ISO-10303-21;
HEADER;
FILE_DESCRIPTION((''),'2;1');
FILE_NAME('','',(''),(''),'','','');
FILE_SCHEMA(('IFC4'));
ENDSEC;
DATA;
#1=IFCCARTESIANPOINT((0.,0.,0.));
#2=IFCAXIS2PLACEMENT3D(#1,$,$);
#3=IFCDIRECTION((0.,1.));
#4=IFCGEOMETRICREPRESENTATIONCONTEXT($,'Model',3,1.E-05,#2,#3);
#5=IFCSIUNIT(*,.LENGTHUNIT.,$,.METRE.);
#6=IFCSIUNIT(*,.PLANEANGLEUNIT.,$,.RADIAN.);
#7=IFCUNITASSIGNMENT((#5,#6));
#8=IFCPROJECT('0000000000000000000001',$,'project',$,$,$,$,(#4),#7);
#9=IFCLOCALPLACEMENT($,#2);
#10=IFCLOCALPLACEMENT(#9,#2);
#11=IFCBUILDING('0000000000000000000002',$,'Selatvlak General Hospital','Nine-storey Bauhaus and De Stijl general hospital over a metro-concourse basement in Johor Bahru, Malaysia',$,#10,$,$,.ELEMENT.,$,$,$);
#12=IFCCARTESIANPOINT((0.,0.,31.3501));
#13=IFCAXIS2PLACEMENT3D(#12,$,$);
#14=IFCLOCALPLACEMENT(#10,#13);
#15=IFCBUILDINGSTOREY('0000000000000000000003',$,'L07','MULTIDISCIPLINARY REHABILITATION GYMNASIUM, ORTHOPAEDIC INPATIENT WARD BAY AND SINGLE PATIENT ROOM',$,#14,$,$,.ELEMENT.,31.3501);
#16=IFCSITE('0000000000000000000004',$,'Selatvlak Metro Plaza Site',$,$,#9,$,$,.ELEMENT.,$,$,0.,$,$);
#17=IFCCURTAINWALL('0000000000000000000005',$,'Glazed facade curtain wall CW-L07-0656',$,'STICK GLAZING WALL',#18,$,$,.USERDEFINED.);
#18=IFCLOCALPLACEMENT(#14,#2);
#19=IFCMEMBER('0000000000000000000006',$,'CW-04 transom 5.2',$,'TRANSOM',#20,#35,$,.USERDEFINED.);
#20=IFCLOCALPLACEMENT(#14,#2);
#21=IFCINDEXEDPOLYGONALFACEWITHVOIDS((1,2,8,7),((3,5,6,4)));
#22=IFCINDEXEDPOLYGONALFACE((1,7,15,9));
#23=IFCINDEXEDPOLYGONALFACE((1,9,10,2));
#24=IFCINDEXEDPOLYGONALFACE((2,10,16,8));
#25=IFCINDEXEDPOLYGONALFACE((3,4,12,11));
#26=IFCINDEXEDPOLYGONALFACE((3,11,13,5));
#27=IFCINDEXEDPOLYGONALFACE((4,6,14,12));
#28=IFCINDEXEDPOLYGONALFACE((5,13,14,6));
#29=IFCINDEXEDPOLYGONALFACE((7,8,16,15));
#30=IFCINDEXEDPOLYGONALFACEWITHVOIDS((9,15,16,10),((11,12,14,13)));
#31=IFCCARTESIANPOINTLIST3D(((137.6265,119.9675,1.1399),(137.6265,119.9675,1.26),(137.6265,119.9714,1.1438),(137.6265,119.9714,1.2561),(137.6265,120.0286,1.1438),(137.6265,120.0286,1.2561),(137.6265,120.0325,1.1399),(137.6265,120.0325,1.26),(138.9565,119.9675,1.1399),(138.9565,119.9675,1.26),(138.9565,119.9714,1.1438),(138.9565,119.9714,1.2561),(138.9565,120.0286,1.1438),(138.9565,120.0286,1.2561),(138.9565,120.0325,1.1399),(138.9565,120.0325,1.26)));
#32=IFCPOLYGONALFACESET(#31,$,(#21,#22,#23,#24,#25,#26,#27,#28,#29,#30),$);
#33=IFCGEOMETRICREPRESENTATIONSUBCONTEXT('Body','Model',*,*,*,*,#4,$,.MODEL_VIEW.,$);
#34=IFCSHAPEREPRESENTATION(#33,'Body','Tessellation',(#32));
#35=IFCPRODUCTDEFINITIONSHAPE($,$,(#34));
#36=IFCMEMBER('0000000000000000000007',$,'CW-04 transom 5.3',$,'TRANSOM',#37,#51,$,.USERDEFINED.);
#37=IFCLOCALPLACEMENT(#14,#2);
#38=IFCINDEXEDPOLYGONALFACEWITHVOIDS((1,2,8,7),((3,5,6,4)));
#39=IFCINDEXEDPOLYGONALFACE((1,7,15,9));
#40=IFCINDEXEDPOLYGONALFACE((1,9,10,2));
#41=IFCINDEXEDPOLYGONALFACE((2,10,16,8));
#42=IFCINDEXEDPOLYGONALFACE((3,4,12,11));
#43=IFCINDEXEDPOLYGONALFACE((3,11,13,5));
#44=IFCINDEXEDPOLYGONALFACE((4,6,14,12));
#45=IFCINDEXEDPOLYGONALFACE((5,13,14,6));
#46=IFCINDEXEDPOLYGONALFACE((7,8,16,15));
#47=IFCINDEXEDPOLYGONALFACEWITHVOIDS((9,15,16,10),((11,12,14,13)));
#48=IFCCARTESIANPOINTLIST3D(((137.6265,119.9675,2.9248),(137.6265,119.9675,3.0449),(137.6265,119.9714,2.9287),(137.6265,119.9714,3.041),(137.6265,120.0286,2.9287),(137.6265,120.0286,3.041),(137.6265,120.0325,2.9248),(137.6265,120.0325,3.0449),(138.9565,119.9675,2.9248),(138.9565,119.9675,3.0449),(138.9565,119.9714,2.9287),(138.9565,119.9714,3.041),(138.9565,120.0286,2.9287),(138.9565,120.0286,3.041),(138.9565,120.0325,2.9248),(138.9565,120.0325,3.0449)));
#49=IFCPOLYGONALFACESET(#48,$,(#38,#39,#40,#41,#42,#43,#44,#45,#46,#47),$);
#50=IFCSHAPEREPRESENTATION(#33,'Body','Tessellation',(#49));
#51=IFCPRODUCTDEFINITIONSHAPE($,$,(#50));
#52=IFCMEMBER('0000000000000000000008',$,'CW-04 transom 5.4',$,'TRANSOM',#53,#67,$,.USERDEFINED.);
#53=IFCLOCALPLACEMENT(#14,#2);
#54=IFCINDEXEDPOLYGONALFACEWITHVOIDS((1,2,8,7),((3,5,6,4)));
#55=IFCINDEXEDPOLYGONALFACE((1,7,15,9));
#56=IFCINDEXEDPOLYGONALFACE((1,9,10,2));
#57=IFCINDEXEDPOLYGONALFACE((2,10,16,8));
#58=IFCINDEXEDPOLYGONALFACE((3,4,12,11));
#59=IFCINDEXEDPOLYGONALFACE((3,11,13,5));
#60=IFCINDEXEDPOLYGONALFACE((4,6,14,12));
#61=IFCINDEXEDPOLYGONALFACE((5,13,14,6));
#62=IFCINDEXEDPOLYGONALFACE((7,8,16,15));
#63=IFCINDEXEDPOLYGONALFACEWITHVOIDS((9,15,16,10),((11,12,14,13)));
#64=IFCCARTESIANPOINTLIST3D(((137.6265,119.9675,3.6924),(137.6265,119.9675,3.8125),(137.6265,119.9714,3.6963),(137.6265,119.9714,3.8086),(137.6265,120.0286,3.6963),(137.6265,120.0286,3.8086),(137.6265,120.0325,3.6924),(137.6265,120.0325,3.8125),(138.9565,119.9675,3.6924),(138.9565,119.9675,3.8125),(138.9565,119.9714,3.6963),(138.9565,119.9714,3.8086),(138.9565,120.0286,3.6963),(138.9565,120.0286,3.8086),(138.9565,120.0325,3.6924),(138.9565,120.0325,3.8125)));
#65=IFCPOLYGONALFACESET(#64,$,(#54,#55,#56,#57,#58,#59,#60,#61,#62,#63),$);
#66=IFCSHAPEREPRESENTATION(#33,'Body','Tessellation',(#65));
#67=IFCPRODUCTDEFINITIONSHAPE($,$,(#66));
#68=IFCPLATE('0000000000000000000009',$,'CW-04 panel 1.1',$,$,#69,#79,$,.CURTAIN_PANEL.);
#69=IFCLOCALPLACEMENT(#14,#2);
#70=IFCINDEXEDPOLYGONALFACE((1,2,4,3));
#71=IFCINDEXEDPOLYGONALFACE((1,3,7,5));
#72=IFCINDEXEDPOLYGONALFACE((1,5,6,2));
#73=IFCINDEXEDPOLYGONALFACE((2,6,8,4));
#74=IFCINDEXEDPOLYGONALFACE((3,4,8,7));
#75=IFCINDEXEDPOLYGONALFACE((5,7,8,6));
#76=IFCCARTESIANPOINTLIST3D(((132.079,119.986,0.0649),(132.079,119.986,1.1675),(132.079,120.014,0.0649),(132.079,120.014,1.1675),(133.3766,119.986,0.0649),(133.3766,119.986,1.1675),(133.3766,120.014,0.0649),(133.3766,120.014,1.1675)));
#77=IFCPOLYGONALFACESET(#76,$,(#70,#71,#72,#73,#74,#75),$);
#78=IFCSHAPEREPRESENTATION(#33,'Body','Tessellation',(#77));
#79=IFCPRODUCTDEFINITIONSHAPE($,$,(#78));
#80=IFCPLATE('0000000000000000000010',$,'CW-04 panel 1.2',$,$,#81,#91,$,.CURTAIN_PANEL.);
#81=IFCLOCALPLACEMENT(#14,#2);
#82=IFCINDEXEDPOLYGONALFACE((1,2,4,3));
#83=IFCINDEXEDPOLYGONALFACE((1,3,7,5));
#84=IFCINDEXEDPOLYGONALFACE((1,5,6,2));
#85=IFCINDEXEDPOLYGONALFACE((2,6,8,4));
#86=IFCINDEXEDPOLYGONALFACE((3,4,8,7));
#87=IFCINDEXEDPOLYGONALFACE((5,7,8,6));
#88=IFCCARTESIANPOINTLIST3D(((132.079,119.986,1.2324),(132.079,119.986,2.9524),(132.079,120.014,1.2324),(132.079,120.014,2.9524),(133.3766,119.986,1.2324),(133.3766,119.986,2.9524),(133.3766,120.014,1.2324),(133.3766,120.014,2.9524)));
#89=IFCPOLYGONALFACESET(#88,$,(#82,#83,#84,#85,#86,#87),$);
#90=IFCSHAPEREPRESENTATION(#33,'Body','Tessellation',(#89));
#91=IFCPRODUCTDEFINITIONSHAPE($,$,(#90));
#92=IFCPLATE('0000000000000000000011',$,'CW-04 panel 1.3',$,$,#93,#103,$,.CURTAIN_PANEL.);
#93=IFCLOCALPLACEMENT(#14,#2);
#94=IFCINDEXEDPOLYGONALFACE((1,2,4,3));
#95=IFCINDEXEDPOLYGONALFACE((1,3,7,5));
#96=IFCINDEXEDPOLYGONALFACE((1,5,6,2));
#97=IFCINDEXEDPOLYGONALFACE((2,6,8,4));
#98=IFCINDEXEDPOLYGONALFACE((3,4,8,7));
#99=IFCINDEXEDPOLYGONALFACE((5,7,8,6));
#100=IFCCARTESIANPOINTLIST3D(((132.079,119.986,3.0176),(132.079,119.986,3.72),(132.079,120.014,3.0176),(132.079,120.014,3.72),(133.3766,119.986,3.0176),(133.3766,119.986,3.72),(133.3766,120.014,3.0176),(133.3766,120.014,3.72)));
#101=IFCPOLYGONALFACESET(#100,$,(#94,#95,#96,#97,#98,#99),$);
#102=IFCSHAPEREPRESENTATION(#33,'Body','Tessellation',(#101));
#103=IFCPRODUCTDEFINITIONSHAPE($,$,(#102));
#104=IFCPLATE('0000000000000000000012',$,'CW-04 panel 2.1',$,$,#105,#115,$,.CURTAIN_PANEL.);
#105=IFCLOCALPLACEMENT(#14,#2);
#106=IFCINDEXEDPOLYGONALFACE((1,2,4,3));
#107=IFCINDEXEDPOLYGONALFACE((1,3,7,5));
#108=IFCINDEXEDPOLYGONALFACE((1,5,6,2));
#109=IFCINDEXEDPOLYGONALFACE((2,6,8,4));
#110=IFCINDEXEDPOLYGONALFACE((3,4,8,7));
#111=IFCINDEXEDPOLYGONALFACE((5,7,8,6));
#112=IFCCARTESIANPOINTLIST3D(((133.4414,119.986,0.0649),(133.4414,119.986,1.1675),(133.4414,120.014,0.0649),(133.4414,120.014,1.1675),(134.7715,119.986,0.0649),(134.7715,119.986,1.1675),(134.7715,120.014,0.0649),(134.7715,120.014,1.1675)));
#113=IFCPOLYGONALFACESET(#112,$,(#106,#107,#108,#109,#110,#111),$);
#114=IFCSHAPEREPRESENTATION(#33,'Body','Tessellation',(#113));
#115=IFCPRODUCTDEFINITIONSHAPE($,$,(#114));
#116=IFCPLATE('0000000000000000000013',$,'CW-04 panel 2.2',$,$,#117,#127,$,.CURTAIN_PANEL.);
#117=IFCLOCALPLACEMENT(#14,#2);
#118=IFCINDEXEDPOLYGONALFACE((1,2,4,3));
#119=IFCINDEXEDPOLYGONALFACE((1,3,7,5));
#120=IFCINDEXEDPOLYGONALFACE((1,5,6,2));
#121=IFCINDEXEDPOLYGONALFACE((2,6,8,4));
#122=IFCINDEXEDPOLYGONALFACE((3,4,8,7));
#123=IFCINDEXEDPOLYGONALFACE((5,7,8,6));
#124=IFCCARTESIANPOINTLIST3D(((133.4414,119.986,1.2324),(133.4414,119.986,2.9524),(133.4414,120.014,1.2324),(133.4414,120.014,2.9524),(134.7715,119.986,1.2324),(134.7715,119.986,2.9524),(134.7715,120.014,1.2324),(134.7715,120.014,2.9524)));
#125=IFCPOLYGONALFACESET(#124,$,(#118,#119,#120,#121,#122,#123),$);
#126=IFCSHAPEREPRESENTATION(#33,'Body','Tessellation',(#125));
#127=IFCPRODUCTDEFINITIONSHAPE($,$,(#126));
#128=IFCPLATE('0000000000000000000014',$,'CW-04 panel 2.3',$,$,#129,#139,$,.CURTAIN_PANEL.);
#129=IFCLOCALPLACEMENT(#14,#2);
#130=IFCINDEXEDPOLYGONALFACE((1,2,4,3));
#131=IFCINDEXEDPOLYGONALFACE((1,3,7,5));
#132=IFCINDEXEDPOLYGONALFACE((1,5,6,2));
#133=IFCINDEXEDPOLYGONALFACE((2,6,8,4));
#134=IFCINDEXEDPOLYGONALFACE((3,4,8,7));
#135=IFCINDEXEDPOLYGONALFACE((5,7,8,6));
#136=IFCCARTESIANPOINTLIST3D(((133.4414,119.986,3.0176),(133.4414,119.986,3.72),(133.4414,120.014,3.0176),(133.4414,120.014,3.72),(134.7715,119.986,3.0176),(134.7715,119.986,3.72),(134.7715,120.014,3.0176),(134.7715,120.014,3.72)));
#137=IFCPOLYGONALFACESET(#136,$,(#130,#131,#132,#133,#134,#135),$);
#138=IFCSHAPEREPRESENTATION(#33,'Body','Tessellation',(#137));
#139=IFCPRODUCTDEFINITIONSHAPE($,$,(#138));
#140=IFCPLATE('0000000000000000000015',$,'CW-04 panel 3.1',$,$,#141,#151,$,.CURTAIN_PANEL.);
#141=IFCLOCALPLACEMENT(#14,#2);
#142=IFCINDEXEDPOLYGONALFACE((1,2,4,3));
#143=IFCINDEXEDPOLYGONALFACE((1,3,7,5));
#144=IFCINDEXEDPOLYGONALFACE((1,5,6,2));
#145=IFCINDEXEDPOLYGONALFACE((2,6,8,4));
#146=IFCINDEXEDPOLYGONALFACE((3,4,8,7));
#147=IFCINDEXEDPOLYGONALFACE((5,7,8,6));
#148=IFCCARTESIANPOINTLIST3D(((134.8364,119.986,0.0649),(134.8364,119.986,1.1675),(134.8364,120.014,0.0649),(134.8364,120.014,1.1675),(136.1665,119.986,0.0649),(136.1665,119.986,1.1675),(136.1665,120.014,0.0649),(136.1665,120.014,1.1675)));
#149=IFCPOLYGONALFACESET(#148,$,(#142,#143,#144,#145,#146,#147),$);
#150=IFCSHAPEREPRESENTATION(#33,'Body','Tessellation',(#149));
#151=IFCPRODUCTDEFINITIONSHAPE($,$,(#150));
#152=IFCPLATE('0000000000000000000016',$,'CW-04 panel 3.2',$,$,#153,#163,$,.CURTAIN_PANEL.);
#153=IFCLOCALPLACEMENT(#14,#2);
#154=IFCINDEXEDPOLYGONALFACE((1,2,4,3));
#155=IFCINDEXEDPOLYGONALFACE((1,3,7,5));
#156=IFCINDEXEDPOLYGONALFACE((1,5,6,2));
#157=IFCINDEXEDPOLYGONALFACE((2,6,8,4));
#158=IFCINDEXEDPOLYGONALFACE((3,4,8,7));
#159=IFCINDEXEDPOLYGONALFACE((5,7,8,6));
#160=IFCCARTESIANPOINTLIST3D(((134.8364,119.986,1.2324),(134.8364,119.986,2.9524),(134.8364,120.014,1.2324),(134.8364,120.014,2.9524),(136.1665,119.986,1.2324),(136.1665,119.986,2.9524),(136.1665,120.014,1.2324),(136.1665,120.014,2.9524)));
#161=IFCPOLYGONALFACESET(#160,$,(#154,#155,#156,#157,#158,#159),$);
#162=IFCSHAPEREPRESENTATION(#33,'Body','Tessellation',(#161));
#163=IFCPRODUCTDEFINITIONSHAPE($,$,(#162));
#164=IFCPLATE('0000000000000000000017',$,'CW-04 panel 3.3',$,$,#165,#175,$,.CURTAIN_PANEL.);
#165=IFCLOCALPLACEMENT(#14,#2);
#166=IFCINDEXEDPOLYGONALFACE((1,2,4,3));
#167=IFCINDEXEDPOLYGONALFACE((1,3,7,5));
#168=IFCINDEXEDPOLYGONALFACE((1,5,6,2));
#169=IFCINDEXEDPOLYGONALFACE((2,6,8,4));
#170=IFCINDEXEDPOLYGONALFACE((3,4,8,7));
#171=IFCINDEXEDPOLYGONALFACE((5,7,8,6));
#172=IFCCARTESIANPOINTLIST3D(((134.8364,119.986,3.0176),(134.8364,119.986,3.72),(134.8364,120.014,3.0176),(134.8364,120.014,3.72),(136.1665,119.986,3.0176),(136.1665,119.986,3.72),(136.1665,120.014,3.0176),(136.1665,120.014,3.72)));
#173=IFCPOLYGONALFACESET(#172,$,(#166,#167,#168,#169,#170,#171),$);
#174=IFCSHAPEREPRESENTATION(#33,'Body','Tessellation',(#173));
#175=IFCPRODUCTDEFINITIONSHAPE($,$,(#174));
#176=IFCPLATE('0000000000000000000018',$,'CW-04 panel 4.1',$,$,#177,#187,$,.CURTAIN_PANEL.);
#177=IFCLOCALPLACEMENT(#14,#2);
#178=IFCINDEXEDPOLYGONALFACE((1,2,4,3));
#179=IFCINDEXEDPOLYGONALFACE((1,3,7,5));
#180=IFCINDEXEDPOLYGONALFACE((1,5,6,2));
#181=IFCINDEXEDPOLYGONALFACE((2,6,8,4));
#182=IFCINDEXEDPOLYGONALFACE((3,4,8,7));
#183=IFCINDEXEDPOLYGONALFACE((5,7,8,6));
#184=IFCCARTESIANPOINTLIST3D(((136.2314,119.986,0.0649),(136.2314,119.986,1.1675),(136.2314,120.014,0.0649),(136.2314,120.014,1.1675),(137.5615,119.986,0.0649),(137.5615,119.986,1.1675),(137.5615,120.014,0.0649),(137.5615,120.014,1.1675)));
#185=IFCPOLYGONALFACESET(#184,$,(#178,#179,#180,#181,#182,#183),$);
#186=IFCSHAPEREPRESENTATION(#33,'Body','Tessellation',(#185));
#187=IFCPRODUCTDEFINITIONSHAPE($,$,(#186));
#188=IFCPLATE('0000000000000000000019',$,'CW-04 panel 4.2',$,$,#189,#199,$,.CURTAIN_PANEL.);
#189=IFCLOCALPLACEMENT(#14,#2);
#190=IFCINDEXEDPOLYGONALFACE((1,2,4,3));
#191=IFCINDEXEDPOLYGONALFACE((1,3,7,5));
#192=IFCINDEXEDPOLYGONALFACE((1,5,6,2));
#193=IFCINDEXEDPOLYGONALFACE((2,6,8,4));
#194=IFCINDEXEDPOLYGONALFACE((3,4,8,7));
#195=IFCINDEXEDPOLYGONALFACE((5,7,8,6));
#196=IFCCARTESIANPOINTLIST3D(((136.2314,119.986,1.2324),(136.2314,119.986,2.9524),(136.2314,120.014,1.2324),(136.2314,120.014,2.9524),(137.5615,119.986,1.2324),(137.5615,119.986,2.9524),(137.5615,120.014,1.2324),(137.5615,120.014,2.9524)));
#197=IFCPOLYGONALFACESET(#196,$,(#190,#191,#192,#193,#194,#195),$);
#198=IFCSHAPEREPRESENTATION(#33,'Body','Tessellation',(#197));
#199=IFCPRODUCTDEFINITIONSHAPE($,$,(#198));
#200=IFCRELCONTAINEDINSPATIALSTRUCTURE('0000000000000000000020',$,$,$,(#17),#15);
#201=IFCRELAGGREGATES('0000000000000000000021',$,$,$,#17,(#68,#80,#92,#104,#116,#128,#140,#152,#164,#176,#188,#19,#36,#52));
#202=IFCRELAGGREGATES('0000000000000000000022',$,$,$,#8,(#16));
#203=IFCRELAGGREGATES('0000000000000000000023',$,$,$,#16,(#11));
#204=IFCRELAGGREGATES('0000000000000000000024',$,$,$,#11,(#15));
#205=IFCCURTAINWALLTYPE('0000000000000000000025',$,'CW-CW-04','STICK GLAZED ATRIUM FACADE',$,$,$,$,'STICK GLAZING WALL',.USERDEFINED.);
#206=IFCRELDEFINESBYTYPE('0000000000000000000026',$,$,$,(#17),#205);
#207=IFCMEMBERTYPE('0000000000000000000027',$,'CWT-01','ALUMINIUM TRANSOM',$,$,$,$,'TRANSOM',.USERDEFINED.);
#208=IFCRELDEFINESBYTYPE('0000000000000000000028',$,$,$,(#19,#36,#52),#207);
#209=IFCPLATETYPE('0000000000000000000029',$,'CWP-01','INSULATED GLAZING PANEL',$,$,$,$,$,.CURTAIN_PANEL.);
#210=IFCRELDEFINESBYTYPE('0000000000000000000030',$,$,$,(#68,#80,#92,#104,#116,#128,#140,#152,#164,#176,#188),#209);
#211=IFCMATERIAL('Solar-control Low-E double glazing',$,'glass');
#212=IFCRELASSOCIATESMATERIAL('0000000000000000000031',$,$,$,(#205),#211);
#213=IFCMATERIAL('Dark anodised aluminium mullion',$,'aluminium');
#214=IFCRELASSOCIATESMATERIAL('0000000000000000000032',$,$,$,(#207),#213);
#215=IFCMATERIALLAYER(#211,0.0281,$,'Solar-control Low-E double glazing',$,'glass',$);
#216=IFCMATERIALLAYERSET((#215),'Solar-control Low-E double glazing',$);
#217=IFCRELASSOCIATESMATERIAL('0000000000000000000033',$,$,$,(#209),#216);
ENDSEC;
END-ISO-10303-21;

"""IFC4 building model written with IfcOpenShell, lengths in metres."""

from ifc_helpers import new_model, si_unit, direction, frame, origin, origin_2d, place, context, subcontext, project, spatial, rectangle, hollow_rectangle, extrude, material, layer, layer_set, material_profile, profile_set, type_object, element, aggregate, save


model = new_model("IFC4")

# Units and contexts
model_context = context("Model", 3, precision=1e-05, world=origin(), true_north=direction((0.0, 1.0)))
body_context = subcontext(model_context, "Body", "Model", "MODEL_VIEW")
ifc_project = project(units=[si_unit("LENGTHUNIT", "METRE"), si_unit("PLANEANGLEUNIT", "RADIAN")], contexts=[model_context])

# Site, building, storey
site_placement = place(None, origin())
site = spatial("IfcSite", under=ifc_project, at=site_placement, Name="Selatvlak Metro Plaza Site", CompositionType="ELEMENT", RefElevation=0.0)
building_placement = place(site_placement, origin())
building = spatial("IfcBuilding", under=site, at=building_placement, Name="Selatvlak General Hospital", Description="Nine-storey Bauhaus and De Stijl general hospital over a metro-concourse basement in Johor Bahru, Malaysia", CompositionType="ELEMENT")
storey_placement = place(building_placement, frame((0.0, 0.0, 31.3501)))
storey = spatial("IfcBuildingStorey", under=building, at=storey_placement, Name="L07", Description="MULTIDISCIPLINARY REHABILITATION GYMNASIUM, ORTHOPAEDIC INPATIENT WARD BAY AND SINGLE PATIENT ROOM", CompositionType="ELEMENT", Elevation=31.3501)

# Curtain wall, members, plates
ifc_material_1 = material(Name="Solar-control Low-E double glazing", Category="glass")
curtain_wall_type = type_object("IfcCurtainWallType", Name="CW-CW-04", Description="STICK GLAZED ATRIUM FACADE", ElementType="STICK GLAZING WALL", PredefinedType="USERDEFINED", material=ifc_material_1)
curtain_wall_placement = place(storey_placement, origin())
curtain_wall = element("IfcCurtainWall", 1, at=curtain_wall_placement, inside=storey, type_object=curtain_wall_type, Name="Glazed facade curtain wall CW-L07-0656", ObjectType="STICK GLAZING WALL", PredefinedType="USERDEFINED")
ifc_material_2 = material(Name="Dark anodised aluminium mullion", Category="aluminium")
ifc_material_profile_1 = material_profile(ifc_material_2, hollow_rectangle(XDim=0.0649, YDim=0.1201, WallThickness=0.0039, at=origin_2d()), Name="AL-TRN 65x120x4")
ifc_profile_set_1 = profile_set([ifc_material_profile_1], Name="Dark anodised aluminium mullion")
member_type_1 = type_object("IfcMemberType", Name="CWT-01", Description="ALUMINIUM TRANSOM", ElementType="TRANSOM", PredefinedType="USERDEFINED", material=ifc_profile_set_1)
member_1_placement = place(storey_placement, frame((137.6265, 120.0, 1.2), z_axis=(1.0, 0.0, 0.0), x_axis=(0.0, 1.0, 0.0)))
member_1 = element("IfcMember", 2, at=member_1_placement, type_object=member_type_1, Name="CW-04 transom 5.2", ObjectType="TRANSOM", PredefinedType="USERDEFINED", context=body_context, shape_type="SweptSolid", body=[
    extrude(hollow_rectangle(XDim=0.0649, YDim=0.1201, WallThickness=0.0039, at=origin_2d()), origin(), (0.0, 0.0, 1.0), 1.3301),
])
member_2_placement = place(storey_placement, frame((137.6265, 120.0, 2.9849), z_axis=(1.0, 0.0, 0.0), x_axis=(0.0, 1.0, 0.0)))
member_2 = element("IfcMember", 3, at=member_2_placement, type_object=member_type_1, Name="CW-04 transom 5.3", ObjectType="TRANSOM", PredefinedType="USERDEFINED", context=body_context, shape_type="SweptSolid", body=[
    extrude(hollow_rectangle(XDim=0.0649, YDim=0.1201, WallThickness=0.0039, at=origin_2d()), origin(), (0.0, 0.0, 1.0), 1.3301),
])
member_3_placement = place(storey_placement, frame((137.6265, 120.0, 3.7524), z_axis=(1.0, 0.0, 0.0), x_axis=(0.0, 1.0, 0.0)))
member_3 = element("IfcMember", 4, at=member_3_placement, type_object=member_type_1, Name="CW-04 transom 5.4", ObjectType="TRANSOM", PredefinedType="USERDEFINED", context=body_context, shape_type="SweptSolid", body=[
    extrude(hollow_rectangle(XDim=0.0649, YDim=0.1201, WallThickness=0.0039, at=origin_2d()), origin(), (0.0, 0.0, 1.0), 1.3301),
])
ifc_layer_1 = layer(ifc_material_1, 0.0281, Name="Solar-control Low-E double glazing", Category="glass")
ifc_layer_set_1 = layer_set([ifc_layer_1], Name="Solar-control Low-E double glazing")
plate_type = type_object("IfcPlateType", Name="CWP-01", Description="INSULATED GLAZING PANEL", PredefinedType="CURTAIN_PANEL", material=ifc_layer_set_1)
plate_1_placement = place(storey_placement, frame((132.7278, 120.0, 0.0649), z_axis=(0.0, 0.0, 1.0), x_axis=(1.0, 0.0, 0.0)))
plate_1 = element("IfcPlate", 5, at=plate_1_placement, type_object=plate_type, Name="CW-04 panel 1.1", PredefinedType="CURTAIN_PANEL", context=body_context, shape_type="SweptSolid", body=[
    extrude(rectangle(XDim=1.2976, YDim=0.0281, at=origin_2d()), origin(), (0.0, 0.0, 1.0), 1.1025),
])
plate_2_placement = place(storey_placement, frame((132.7278, 120.0, 1.2324), z_axis=(0.0, 0.0, 1.0), x_axis=(1.0, 0.0, 0.0)))
plate_2 = element("IfcPlate", 6, at=plate_2_placement, type_object=plate_type, Name="CW-04 panel 1.2", PredefinedType="CURTAIN_PANEL", context=body_context, shape_type="SweptSolid", body=[
    extrude(rectangle(XDim=1.2976, YDim=0.0281, at=origin_2d()), origin(), (0.0, 0.0, 1.0), 1.72),
])
plate_3_placement = place(storey_placement, frame((132.7278, 120.0, 3.0176), z_axis=(0.0, 0.0, 1.0), x_axis=(1.0, 0.0, 0.0)))
plate_3 = element("IfcPlate", 7, at=plate_3_placement, type_object=plate_type, Name="CW-04 panel 1.3", PredefinedType="CURTAIN_PANEL", context=body_context, shape_type="SweptSolid", body=[
    extrude(rectangle(XDim=1.2976, YDim=0.0281, at=origin_2d()), origin(), (0.0, 0.0, 1.0), 0.7024),
])
plate_4_placement = place(storey_placement, frame((134.1064, 120.0, 0.0649), z_axis=(0.0, 0.0, 1.0), x_axis=(1.0, 0.0, 0.0)))
plate_4 = element("IfcPlate", 8, at=plate_4_placement, type_object=plate_type, Name="CW-04 panel 2.1", PredefinedType="CURTAIN_PANEL", context=body_context, shape_type="SweptSolid", body=[
    extrude(rectangle(XDim=1.3301, YDim=0.0281, at=origin_2d()), origin(), (0.0, 0.0, 1.0), 1.1025),
])
plate_5_placement = place(storey_placement, frame((134.1064, 120.0, 1.2324), z_axis=(0.0, 0.0, 1.0), x_axis=(1.0, 0.0, 0.0)))
plate_5 = element("IfcPlate", 9, at=plate_5_placement, type_object=plate_type, Name="CW-04 panel 2.2", PredefinedType="CURTAIN_PANEL", context=body_context, shape_type="SweptSolid", body=[
    extrude(rectangle(XDim=1.3301, YDim=0.0281, at=origin_2d()), origin(), (0.0, 0.0, 1.0), 1.72),
])
plate_6_placement = place(storey_placement, frame((134.1064, 120.0, 3.0176), z_axis=(0.0, 0.0, 1.0), x_axis=(1.0, 0.0, 0.0)))
plate_6 = element("IfcPlate", 10, at=plate_6_placement, type_object=plate_type, Name="CW-04 panel 2.3", PredefinedType="CURTAIN_PANEL", context=body_context, shape_type="SweptSolid", body=[
    extrude(rectangle(XDim=1.3301, YDim=0.0281, at=origin_2d()), origin(), (0.0, 0.0, 1.0), 0.7024),
])
plate_7_placement = place(storey_placement, frame((135.5015, 120.0, 0.0649), z_axis=(0.0, 0.0, 1.0), x_axis=(1.0, 0.0, 0.0)))
plate_7 = element("IfcPlate", 11, at=plate_7_placement, type_object=plate_type, Name="CW-04 panel 3.1", PredefinedType="CURTAIN_PANEL", context=body_context, shape_type="SweptSolid", body=[
    extrude(rectangle(XDim=1.3301, YDim=0.0281, at=origin_2d()), origin(), (0.0, 0.0, 1.0), 1.1025),
])
plate_8_placement = place(storey_placement, frame((135.5015, 120.0, 1.2324), z_axis=(0.0, 0.0, 1.0), x_axis=(1.0, 0.0, 0.0)))
plate_8 = element("IfcPlate", 12, at=plate_8_placement, type_object=plate_type, Name="CW-04 panel 3.2", PredefinedType="CURTAIN_PANEL", context=body_context, shape_type="SweptSolid", body=[
    extrude(rectangle(XDim=1.3301, YDim=0.0281, at=origin_2d()), origin(), (0.0, 0.0, 1.0), 1.72),
])
plate_9_placement = place(storey_placement, frame((135.5015, 120.0, 3.0176), z_axis=(0.0, 0.0, 1.0), x_axis=(1.0, 0.0, 0.0)))
plate_9 = element("IfcPlate", 13, at=plate_9_placement, type_object=plate_type, Name="CW-04 panel 3.3", PredefinedType="CURTAIN_PANEL", context=body_context, shape_type="SweptSolid", body=[
    extrude(rectangle(XDim=1.3301, YDim=0.0281, at=origin_2d()), origin(), (0.0, 0.0, 1.0), 0.7024),
])
plate_10_placement = place(storey_placement, frame((136.8965, 120.0, 0.0649), z_axis=(0.0, 0.0, 1.0), x_axis=(1.0, 0.0, 0.0)))
plate_10 = element("IfcPlate", 14, at=plate_10_placement, type_object=plate_type, Name="CW-04 panel 4.1", PredefinedType="CURTAIN_PANEL", context=body_context, shape_type="SweptSolid", body=[
    extrude(rectangle(XDim=1.3301, YDim=0.0281, at=origin_2d()), origin(), (0.0, 0.0, 1.0), 1.1025),
])
plate_11_placement = place(storey_placement, frame((136.8965, 120.0, 1.2324), z_axis=(0.0, 0.0, 1.0), x_axis=(1.0, 0.0, 0.0)))
plate_11 = element("IfcPlate", 15, at=plate_11_placement, type_object=plate_type, Name="CW-04 panel 4.2", PredefinedType="CURTAIN_PANEL", context=body_context, shape_type="SweptSolid", body=[
    extrude(rectangle(XDim=1.3301, YDim=0.0281, at=origin_2d()), origin(), (0.0, 0.0, 1.0), 1.72),
])
aggregate(curtain_wall, [plate_1, plate_2, plate_3, plate_4, plate_5, plate_6, plate_7, plate_8, plate_9, plate_10, plate_11, member_1, member_2, member_3])

save(model, "model.ifc")
